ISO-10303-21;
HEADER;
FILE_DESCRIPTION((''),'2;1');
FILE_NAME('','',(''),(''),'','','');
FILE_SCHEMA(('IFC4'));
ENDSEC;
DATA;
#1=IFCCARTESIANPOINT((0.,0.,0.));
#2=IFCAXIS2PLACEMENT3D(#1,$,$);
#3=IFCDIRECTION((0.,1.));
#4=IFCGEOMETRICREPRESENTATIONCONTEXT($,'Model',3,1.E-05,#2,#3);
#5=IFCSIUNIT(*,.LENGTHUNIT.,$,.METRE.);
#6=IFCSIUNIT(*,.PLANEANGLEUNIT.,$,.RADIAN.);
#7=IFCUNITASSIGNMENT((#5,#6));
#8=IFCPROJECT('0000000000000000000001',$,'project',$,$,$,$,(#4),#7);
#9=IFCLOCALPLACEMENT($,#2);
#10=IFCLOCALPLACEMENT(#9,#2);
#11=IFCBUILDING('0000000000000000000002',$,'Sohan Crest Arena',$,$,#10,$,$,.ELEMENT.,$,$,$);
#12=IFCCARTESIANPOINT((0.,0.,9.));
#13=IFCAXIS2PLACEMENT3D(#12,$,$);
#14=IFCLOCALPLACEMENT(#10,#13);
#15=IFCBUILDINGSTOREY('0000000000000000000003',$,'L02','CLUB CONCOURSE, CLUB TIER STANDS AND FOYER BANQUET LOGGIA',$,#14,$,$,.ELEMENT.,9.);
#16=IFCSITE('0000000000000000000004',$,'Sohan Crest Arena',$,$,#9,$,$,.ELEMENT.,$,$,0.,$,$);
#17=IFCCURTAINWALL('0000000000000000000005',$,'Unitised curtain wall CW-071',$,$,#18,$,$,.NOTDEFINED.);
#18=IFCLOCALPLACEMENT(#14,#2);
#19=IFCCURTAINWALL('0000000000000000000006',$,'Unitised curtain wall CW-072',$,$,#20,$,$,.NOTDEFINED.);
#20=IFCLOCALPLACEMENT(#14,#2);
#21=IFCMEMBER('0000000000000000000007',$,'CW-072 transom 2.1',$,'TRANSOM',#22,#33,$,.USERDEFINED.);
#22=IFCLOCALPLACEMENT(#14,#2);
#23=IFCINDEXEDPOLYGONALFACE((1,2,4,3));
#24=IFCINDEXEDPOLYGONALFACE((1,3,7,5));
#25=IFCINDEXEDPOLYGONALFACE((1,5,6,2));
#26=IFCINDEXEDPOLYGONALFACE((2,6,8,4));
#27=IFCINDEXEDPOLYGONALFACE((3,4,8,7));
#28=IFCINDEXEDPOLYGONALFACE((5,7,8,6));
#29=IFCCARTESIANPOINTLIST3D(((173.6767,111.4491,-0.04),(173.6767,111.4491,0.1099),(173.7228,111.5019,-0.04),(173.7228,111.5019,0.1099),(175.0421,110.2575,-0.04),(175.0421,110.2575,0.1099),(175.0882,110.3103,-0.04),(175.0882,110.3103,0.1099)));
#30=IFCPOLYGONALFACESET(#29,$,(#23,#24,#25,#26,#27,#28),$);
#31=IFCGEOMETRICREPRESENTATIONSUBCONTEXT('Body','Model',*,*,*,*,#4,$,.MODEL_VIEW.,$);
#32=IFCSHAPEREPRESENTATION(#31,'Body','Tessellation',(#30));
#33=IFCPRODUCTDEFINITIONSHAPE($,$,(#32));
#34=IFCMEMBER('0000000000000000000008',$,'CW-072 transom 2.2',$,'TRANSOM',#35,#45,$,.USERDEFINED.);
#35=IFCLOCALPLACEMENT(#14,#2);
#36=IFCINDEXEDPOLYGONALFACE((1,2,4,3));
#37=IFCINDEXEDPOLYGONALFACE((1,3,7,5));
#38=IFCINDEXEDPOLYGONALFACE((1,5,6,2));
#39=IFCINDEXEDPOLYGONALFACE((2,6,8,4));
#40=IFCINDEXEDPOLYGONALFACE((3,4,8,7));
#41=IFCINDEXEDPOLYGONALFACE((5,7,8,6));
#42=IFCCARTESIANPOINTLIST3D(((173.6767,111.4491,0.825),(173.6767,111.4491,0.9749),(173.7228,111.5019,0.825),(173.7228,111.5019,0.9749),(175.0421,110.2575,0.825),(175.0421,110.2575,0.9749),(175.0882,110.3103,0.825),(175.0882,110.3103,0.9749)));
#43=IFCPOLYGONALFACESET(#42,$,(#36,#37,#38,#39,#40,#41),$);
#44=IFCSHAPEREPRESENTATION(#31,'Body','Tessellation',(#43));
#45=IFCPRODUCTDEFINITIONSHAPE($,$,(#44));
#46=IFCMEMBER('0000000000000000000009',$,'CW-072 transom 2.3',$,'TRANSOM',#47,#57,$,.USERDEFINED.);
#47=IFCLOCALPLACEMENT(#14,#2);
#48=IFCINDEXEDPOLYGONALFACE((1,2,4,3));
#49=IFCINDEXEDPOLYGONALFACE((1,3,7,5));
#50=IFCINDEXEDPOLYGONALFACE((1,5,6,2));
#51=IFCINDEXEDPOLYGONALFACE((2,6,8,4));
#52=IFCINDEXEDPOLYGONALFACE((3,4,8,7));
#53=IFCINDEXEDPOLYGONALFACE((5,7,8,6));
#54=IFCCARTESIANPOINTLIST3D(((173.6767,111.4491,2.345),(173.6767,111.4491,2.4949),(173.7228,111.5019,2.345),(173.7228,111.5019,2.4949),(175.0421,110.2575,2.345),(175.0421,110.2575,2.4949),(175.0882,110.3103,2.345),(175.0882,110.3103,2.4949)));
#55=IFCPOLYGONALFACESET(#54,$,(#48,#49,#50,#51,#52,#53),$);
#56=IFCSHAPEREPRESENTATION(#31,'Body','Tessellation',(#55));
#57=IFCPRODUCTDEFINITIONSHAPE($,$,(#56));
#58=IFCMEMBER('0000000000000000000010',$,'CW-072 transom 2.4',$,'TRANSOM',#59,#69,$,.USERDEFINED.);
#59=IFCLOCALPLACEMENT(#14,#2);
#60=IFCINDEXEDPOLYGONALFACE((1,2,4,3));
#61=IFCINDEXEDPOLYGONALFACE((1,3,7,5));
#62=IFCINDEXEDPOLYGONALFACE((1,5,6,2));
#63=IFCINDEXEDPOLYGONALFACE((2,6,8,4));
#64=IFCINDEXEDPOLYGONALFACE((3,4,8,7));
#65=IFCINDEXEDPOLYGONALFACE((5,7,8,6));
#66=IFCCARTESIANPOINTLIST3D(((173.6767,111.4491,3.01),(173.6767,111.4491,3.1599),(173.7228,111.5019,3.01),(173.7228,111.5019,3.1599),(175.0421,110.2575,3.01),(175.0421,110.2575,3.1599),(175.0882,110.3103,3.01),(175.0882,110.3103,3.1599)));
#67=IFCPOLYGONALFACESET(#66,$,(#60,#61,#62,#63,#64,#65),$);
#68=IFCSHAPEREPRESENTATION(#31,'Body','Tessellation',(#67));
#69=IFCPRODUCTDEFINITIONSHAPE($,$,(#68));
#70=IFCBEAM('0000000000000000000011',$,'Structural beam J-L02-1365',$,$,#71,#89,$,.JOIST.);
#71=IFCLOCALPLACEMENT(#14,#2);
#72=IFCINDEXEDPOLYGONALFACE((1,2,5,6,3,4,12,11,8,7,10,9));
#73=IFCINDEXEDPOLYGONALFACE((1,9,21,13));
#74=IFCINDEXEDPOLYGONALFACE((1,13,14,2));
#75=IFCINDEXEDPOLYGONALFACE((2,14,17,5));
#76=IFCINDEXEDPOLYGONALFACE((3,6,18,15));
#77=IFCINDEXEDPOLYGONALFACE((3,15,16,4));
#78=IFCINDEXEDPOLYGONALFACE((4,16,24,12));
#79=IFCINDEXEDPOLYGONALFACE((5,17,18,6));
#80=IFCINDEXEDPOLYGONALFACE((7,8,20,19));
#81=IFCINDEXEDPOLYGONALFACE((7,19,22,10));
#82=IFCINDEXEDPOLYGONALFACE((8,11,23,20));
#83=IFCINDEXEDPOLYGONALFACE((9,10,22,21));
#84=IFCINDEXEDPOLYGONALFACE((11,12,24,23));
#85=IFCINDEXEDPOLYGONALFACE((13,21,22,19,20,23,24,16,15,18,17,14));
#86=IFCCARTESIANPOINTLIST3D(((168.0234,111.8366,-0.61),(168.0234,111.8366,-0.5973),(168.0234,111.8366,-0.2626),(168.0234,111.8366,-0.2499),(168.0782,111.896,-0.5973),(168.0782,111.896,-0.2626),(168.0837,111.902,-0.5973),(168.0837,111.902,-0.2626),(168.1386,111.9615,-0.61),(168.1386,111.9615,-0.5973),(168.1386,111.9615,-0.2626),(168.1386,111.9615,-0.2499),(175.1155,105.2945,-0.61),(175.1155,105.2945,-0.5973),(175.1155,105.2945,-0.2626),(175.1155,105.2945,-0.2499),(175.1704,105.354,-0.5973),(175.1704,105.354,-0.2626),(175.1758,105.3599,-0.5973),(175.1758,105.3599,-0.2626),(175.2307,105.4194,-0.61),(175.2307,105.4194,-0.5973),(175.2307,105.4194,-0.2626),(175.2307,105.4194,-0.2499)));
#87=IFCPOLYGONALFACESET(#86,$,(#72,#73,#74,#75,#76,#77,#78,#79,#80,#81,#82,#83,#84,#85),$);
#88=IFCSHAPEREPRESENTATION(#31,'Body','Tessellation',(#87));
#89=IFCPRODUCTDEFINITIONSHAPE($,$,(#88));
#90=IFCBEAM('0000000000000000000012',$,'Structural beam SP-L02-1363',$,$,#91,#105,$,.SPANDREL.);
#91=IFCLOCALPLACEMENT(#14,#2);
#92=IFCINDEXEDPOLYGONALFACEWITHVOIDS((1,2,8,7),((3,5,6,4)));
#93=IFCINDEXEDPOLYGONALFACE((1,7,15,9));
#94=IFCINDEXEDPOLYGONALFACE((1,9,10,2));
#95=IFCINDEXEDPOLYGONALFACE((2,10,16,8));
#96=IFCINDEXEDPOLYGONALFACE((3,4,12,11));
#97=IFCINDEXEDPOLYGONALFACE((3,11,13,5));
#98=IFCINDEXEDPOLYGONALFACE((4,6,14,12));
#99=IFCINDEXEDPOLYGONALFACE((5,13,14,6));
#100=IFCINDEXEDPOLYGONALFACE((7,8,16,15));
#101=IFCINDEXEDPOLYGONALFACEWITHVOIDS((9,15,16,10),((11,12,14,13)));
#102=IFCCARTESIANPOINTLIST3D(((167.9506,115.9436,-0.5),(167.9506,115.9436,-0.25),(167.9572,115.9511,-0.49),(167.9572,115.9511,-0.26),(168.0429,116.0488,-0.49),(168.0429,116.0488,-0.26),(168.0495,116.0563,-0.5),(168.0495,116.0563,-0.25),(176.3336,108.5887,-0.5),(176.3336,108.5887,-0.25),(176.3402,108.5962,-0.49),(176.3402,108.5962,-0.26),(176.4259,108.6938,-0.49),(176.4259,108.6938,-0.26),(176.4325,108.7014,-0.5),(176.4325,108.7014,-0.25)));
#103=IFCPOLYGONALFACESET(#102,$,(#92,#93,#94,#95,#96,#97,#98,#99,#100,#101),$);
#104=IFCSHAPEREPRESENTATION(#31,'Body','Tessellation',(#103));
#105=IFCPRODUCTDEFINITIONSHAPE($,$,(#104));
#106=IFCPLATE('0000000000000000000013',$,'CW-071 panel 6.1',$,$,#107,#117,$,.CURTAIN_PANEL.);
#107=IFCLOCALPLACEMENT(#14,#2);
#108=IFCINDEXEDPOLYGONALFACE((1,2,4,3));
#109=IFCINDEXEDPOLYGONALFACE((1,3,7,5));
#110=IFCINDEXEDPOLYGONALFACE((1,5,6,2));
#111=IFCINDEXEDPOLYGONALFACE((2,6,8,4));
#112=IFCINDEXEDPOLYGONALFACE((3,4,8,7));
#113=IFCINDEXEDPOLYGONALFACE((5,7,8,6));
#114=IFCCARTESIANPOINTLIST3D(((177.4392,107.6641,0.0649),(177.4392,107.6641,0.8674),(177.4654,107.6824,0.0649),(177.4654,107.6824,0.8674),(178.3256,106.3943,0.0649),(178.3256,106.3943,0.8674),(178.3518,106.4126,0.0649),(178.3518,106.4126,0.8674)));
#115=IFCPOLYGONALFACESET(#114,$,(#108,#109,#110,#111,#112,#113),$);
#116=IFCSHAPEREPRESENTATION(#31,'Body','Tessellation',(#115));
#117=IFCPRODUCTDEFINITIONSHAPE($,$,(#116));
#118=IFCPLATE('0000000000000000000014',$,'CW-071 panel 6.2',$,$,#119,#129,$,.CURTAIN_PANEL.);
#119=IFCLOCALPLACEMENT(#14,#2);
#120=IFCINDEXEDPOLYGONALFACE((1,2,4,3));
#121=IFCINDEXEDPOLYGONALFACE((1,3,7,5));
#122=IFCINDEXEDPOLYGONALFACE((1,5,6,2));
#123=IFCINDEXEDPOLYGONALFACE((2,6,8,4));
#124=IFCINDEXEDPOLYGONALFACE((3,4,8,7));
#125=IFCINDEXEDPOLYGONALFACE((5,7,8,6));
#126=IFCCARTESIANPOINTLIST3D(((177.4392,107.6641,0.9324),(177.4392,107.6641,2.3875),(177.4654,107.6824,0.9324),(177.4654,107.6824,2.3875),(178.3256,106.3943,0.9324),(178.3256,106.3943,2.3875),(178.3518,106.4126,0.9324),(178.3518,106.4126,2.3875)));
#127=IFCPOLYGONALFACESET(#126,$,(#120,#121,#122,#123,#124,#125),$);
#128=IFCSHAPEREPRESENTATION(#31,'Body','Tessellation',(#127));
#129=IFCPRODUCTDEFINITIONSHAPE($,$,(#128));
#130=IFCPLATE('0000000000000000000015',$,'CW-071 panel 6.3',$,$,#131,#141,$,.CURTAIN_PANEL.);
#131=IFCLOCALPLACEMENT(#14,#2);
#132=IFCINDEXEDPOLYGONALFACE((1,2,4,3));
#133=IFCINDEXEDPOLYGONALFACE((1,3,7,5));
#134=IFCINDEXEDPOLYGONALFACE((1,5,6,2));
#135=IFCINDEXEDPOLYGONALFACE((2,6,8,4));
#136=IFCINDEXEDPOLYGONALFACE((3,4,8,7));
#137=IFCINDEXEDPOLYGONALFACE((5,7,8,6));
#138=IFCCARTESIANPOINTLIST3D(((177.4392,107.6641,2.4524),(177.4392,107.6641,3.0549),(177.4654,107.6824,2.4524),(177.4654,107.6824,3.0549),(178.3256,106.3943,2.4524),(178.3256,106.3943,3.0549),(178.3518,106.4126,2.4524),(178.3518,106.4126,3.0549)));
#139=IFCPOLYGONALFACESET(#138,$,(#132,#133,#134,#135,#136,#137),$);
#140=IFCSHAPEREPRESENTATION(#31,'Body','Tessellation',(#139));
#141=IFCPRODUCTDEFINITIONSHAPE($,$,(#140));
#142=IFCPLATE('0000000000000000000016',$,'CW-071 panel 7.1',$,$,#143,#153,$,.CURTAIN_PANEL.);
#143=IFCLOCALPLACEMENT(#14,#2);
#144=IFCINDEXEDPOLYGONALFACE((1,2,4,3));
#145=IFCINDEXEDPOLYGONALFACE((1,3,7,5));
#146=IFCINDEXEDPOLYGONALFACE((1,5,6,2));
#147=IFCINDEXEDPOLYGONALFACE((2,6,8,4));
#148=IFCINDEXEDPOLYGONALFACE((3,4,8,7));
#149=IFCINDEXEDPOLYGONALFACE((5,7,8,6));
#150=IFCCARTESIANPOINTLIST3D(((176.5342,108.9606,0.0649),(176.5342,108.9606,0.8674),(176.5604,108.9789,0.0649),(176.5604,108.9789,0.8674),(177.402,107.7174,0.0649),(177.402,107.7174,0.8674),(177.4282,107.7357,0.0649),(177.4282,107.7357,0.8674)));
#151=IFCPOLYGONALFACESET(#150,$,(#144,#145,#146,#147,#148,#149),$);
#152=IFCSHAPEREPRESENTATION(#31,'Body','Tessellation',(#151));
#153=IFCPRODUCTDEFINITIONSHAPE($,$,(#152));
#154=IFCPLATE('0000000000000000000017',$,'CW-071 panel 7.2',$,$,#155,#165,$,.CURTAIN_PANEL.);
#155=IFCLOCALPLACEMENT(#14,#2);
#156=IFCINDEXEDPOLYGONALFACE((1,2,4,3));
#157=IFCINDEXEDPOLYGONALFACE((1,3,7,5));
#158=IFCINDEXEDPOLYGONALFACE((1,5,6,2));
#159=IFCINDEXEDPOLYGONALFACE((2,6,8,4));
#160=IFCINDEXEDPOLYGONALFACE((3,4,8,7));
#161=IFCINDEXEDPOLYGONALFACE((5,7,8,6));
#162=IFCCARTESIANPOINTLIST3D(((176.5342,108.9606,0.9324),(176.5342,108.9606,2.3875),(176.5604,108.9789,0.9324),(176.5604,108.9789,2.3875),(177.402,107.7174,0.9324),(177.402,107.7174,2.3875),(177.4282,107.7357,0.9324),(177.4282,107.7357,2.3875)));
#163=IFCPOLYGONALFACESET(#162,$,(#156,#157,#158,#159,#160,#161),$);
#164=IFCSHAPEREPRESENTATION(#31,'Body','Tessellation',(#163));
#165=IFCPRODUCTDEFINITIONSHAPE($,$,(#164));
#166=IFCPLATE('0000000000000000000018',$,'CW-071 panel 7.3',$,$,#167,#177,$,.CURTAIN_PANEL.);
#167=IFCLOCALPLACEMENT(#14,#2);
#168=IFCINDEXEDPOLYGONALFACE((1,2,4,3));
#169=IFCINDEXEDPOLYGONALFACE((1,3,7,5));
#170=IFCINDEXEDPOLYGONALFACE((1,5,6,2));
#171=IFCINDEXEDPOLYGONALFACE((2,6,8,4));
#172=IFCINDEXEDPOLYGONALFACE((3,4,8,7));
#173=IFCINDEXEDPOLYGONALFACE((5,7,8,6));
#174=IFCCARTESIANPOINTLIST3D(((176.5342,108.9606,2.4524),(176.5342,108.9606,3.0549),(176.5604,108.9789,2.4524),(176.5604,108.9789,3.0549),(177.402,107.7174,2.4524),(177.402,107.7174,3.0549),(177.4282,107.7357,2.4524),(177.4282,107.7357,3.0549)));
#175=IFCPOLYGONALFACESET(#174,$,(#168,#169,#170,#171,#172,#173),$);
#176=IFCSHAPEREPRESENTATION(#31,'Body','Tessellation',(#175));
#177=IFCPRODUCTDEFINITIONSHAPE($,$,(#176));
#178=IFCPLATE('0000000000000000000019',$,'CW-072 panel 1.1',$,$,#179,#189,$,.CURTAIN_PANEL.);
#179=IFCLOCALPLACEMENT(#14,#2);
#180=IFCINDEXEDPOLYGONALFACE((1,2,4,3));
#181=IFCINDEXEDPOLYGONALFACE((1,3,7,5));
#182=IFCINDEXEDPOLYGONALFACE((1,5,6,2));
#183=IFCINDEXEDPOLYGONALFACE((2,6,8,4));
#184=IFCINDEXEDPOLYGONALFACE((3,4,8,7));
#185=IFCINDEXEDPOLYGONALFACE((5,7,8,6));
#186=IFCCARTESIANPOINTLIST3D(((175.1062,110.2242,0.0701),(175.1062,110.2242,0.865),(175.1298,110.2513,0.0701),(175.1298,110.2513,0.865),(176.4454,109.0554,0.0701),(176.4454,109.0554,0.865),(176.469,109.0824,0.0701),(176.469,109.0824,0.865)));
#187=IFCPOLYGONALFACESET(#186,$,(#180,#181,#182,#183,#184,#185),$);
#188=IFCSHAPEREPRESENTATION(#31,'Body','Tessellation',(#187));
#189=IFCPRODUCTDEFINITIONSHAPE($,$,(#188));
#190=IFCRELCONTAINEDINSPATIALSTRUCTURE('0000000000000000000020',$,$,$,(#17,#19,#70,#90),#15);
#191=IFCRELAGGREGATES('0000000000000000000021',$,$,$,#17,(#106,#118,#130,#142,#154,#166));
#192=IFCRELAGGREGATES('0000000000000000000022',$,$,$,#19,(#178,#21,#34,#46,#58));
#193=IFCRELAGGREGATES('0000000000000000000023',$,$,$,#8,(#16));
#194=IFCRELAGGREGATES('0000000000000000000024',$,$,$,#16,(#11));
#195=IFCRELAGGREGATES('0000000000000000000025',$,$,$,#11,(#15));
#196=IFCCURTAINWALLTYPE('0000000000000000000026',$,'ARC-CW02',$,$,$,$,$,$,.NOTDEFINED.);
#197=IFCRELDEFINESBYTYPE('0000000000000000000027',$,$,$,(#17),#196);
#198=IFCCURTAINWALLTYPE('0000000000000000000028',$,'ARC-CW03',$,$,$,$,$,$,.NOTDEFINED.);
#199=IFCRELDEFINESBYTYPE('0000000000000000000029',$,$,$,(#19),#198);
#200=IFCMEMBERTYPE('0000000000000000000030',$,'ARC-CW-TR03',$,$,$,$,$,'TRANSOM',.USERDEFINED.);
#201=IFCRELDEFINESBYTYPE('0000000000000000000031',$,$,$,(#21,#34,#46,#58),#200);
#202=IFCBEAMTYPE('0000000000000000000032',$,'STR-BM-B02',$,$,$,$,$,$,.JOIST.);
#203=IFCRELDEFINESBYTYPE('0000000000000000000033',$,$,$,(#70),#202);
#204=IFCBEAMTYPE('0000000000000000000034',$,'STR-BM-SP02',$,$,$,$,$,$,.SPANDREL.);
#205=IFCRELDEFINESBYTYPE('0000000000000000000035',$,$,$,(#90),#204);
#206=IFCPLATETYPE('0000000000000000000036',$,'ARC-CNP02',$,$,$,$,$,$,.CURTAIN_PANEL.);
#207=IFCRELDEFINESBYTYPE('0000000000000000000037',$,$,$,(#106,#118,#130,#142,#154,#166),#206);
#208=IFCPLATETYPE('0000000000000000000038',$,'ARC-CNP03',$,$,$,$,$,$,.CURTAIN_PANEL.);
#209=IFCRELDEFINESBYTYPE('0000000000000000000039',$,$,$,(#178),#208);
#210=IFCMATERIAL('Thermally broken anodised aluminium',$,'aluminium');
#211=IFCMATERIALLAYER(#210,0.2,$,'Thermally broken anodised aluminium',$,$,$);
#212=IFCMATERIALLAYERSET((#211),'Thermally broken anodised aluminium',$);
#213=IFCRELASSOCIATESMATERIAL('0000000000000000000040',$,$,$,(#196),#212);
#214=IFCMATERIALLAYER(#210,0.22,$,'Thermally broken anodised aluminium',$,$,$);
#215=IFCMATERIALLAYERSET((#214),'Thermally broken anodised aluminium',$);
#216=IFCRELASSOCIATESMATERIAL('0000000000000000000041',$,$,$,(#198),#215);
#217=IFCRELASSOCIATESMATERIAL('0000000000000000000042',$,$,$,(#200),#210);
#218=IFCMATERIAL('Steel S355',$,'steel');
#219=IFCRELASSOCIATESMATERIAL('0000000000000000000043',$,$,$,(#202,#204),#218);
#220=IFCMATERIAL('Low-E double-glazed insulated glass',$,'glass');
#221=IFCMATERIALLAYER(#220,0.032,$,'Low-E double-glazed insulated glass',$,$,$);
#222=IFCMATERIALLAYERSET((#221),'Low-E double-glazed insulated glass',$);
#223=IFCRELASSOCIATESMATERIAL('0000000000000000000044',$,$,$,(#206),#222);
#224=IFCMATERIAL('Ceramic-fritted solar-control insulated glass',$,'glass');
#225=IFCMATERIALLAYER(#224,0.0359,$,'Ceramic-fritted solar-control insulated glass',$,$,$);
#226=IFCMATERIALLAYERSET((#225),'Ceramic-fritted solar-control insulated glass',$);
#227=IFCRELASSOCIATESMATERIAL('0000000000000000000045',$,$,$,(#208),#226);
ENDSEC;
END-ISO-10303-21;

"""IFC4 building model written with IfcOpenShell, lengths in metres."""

from ifc_helpers import new_model, si_unit, direction, frame, origin, origin_2d, place, context, subcontext, project, spatial, rectangle, hollow_rectangle, i_section, extrude, material, layer, layer_set, material_profile, profile_set, type_object, element, aggregate, save


model = new_model("IFC4")

# Units and contexts
model_context = context("Model", 3, precision=1e-05, world=origin(), true_north=direction((0.0, 1.0)))
body_context = subcontext(model_context, "Body", "Model", "MODEL_VIEW")
ifc_project = project(units=[si_unit("LENGTHUNIT", "METRE"), si_unit("PLANEANGLEUNIT", "RADIAN")], contexts=[model_context])

# Site, building, storey
site_placement = place(None, origin())
site = spatial("IfcSite", under=ifc_project, at=site_placement, Name="Sohan Crest Arena", CompositionType="ELEMENT", RefElevation=0.0)
building_placement = place(site_placement, origin())
building = spatial("IfcBuilding", under=site, at=building_placement, Name="Sohan Crest Arena", CompositionType="ELEMENT")
storey_placement = place(building_placement, frame((0.0, 0.0, 9.0)))
storey = spatial("IfcBuildingStorey", under=building, at=storey_placement, Name="L02", Description="CLUB CONCOURSE, CLUB TIER STANDS AND FOYER BANQUET LOGGIA", CompositionType="ELEMENT", Elevation=9.0)

# Shared definitions
ifc_material_1 = material(Name="Steel S355", Category="steel")

# Curtain walls
ifc_material_2 = material(Name="Thermally broken anodised aluminium", Category="aluminium")
ifc_layer_1 = layer(ifc_material_2, 0.2, Name="Thermally broken anodised aluminium")
ifc_layer_set_1 = layer_set([ifc_layer_1], Name="Thermally broken anodised aluminium")
curtain_wall_type_1 = type_object("IfcCurtainWallType", Name="ARC-CW02", PredefinedType="NOTDEFINED", material=ifc_layer_set_1)
curtain_wall_1_placement = place(storey_placement, origin())
curtain_wall_1 = element("IfcCurtainWall", 1, at=curtain_wall_1_placement, inside=storey, type_object=curtain_wall_type_1, Name="Unitised curtain wall CW-071", PredefinedType="NOTDEFINED")
ifc_layer_2 = layer(ifc_material_2, 0.22, Name="Thermally broken anodised aluminium")
ifc_layer_set_2 = layer_set([ifc_layer_2], Name="Thermally broken anodised aluminium")
curtain_wall_type_2 = type_object("IfcCurtainWallType", Name="ARC-CW03", PredefinedType="NOTDEFINED", material=ifc_layer_set_2)
curtain_wall_2_placement = place(storey_placement, origin())
curtain_wall_2 = element("IfcCurtainWall", 2, at=curtain_wall_2_placement, inside=storey, type_object=curtain_wall_type_2, Name="Unitised curtain wall CW-072", PredefinedType="NOTDEFINED")

# Members
ifc_material_profile_1 = material_profile(ifc_material_2, rectangle(XDim=0.0701, YDim=0.1499, at=origin_2d()), Name="ALU-TRAN 70x150")
ifc_profile_set_1 = profile_set([ifc_material_profile_1], Name="Thermally broken anodised aluminium")
member_type_1 = type_object("IfcMemberType", Name="ARC-CW-TR03", ElementType="TRANSOM", PredefinedType="USERDEFINED", material=ifc_profile_set_1)
member_1_placement = place(storey_placement, frame((175.0652, 110.2839, 0.0349), z_axis=(-0.753436, 0.657522, 0.0), x_axis=(-0.657522, -0.753436, 0.0)))
member_1 = element("IfcMember", 3, at=member_1_placement, type_object=member_type_1, Name="CW-072 transom 2.1", ObjectType="TRANSOM", PredefinedType="USERDEFINED", context=body_context, shape_type="SweptSolid", body=[
    extrude(rectangle(XDim=0.0701, YDim=0.1499, at=origin_2d()), origin(), (0.0, 0.0, 1.0), 1.8123),
])
member_2_placement = place(storey_placement, frame((175.0652, 110.2839, 0.8999), z_axis=(-0.753436, 0.657522, 0.0), x_axis=(-0.657522, -0.753436, 0.0)))
member_2 = element("IfcMember", 4, at=member_2_placement, type_object=member_type_1, Name="CW-072 transom 2.2", ObjectType="TRANSOM", PredefinedType="USERDEFINED", context=body_context, shape_type="SweptSolid", body=[
    extrude(rectangle(XDim=0.0701, YDim=0.1499, at=origin_2d()), origin(), (0.0, 0.0, 1.0), 1.8123),
])
member_3_placement = place(storey_placement, frame((175.0652, 110.2839, 2.4199), z_axis=(-0.753436, 0.657522, 0.0), x_axis=(-0.657522, -0.753436, 0.0)))
member_3 = element("IfcMember", 5, at=member_3_placement, type_object=member_type_1, Name="CW-072 transom 2.3", ObjectType="TRANSOM", PredefinedType="USERDEFINED", context=body_context, shape_type="SweptSolid", body=[
    extrude(rectangle(XDim=0.0701, YDim=0.1499, at=origin_2d()), origin(), (0.0, 0.0, 1.0), 1.8123),
])
member_4_placement = place(storey_placement, frame((175.0652, 110.2839, 3.085), z_axis=(-0.753436, 0.657522, 0.0), x_axis=(-0.657522, -0.753436, 0.0)))
member_4 = element("IfcMember", 6, at=member_4_placement, type_object=member_type_1, Name="CW-072 transom 2.4", ObjectType="TRANSOM", PredefinedType="USERDEFINED", context=body_context, shape_type="SweptSolid", body=[
    extrude(rectangle(XDim=0.0701, YDim=0.1499, at=origin_2d()), origin(), (0.0, 0.0, 1.0), 1.8123),
])

# Beams
ifc_material_profile_2 = material_profile(ifc_material_1, i_section(OverallWidth=0.1699, OverallDepth=0.3601, WebThickness=0.0081, FlangeThickness=0.0127, at=origin_2d()), Name="IPE 360")
ifc_profile_set_2 = profile_set([ifc_material_profile_2], Name="Steel S355")
beam_type_1 = type_object("IfcBeamType", Name="STR-BM-B02", PredefinedType="JOIST", material=ifc_profile_set_2)
beam_1_placement = place(storey_placement, frame((175.1731, 105.3569, -0.4299), z_axis=(-0.735036, 0.678028, 0.0), x_axis=(-0.678028, -0.735036, 0.0)))
element("IfcBeam", 7, at=beam_1_placement, inside=storey, type_object=beam_type_1, Name="Structural beam J-L02-1365", PredefinedType="JOIST", context=body_context, shape_type="SweptSolid", body=[
    extrude(i_section(OverallWidth=0.1699, OverallDepth=0.3601, WebThickness=0.0081, FlangeThickness=0.0127, at=origin_2d()), origin(), (0.0, 0.0, 1.0), 9.6487),
])
ifc_material_profile_3 = material_profile(ifc_material_1, hollow_rectangle(XDim=0.1499, YDim=0.25, WallThickness=0.01, at=origin_2d()), Name="RHS 250x150x10")
ifc_profile_set_3 = profile_set([ifc_material_profile_3], Name="Steel S355")
beam_type_2 = type_object("IfcBeamType", Name="STR-BM-SP02", PredefinedType="SPANDREL", material=ifc_profile_set_3)
beam_2_placement = place(storey_placement, frame((176.3831, 108.645, -0.375), z_axis=(-0.751696, 0.65951, 0.0), x_axis=(-0.65951, -0.751696, 0.0)))
element("IfcBeam", 8, at=beam_2_placement, inside=storey, type_object=beam_type_2, Name="Structural beam SP-L02-1363", PredefinedType="SPANDREL", context=body_context, shape_type="SweptSolid", body=[
    extrude(hollow_rectangle(XDim=0.1499, YDim=0.25, WallThickness=0.01, at=origin_2d()), origin(), (0.0, 0.0, 1.0), 11.1521),
])

# Plates
ifc_material_3 = material(Name="Low-E double-glazed insulated glass", Category="glass")
ifc_layer_3 = layer(ifc_material_3, 0.032, Name="Low-E double-glazed insulated glass")
ifc_layer_set_3 = layer_set([ifc_layer_3], Name="Low-E double-glazed insulated glass")
plate_type_1 = type_object("IfcPlateType", Name="ARC-CNP02", PredefinedType="CURTAIN_PANEL", material=ifc_layer_set_3)
plate_1_placement = place(storey_placement, frame((177.8955, 107.0383, 0.0649), z_axis=(0.0, 0.0, 1.0), x_axis=(-0.572428, 0.819955, 0.0)))
plate_1 = element("IfcPlate", 9, at=plate_1_placement, type_object=plate_type_1, Name="CW-071 panel 6.1", PredefinedType="CURTAIN_PANEL", context=body_context, shape_type="SweptSolid", body=[
    extrude(rectangle(XDim=1.5486, YDim=0.032, at=origin_2d()), origin(), (0.0, 0.0, 1.0), 0.8025),
])
plate_2_placement = place(storey_placement, frame((177.8955, 107.0383, 0.9324), z_axis=(0.0, 0.0, 1.0), x_axis=(-0.572428, 0.819955, 0.0)))
plate_2 = element("IfcPlate", 10, at=plate_2_placement, type_object=plate_type_1, Name="CW-071 panel 6.2", PredefinedType="CURTAIN_PANEL", context=body_context, shape_type="SweptSolid", body=[
    extrude(rectangle(XDim=1.5486, YDim=0.032, at=origin_2d()), origin(), (0.0, 0.0, 1.0), 1.4551),
])
plate_3_placement = place(storey_placement, frame((177.8955, 107.0383, 2.4524), z_axis=(0.0, 0.0, 1.0), x_axis=(-0.572428, 0.819955, 0.0)))
plate_3 = element("IfcPlate", 11, at=plate_3_placement, type_object=plate_type_1, Name="CW-071 panel 6.3", PredefinedType="CURTAIN_PANEL", context=body_context, shape_type="SweptSolid", body=[
    extrude(rectangle(XDim=1.5486, YDim=0.032, at=origin_2d()), origin(), (0.0, 0.0, 1.0), 0.6025),
])
plate_4_placement = place(storey_placement, frame((176.9812, 108.3481, 0.0649), z_axis=(0.0, 0.0, 1.0), x_axis=(-0.572428, 0.819955, 0.0)))
plate_4 = element("IfcPlate", 12, at=plate_4_placement, type_object=plate_type_1, Name="CW-071 panel 7.1", PredefinedType="CURTAIN_PANEL", context=body_context, shape_type="SweptSolid", body=[
    extrude(rectangle(XDim=1.5161, YDim=0.032, at=origin_2d()), origin(), (0.0, 0.0, 1.0), 0.8025),
])
plate_5_placement = place(storey_placement, frame((176.9812, 108.3481, 0.9324), z_axis=(0.0, 0.0, 1.0), x_axis=(-0.572428, 0.819955, 0.0)))
plate_5 = element("IfcPlate", 13, at=plate_5_placement, type_object=plate_type_1, Name="CW-071 panel 7.2", PredefinedType="CURTAIN_PANEL", context=body_context, shape_type="SweptSolid", body=[
    extrude(rectangle(XDim=1.5161, YDim=0.032, at=origin_2d()), origin(), (0.0, 0.0, 1.0), 1.4551),
])
plate_6_placement = place(storey_placement, frame((176.9812, 108.3481, 2.4524), z_axis=(0.0, 0.0, 1.0), x_axis=(-0.572428, 0.819955, 0.0)))
plate_6 = element("IfcPlate", 14, at=plate_6_placement, type_object=plate_type_1, Name="CW-071 panel 7.3", PredefinedType="CURTAIN_PANEL", context=body_context, shape_type="SweptSolid", body=[
    extrude(rectangle(XDim=1.5161, YDim=0.032, at=origin_2d()), origin(), (0.0, 0.0, 1.0), 0.6025),
])
aggregate(curtain_wall_1, [plate_1, plate_2, plate_3, plate_4, plate_5, plate_6])
ifc_material_4 = material(Name="Ceramic-fritted solar-control insulated glass", Category="glass")
ifc_layer_4 = layer(ifc_material_4, 0.0359, Name="Ceramic-fritted solar-control insulated glass")
ifc_layer_set_4 = layer_set([ifc_layer_4], Name="Ceramic-fritted solar-control insulated glass")
plate_type_2 = type_object("IfcPlateType", Name="ARC-CNP03", PredefinedType="CURTAIN_PANEL", material=ifc_layer_set_4)
plate_7_placement = place(storey_placement, frame((175.7876, 109.6533, 0.0701), z_axis=(0.0, 0.0, 1.0), x_axis=(-0.753421, 0.657539, 0.0)))
plate_7 = element("IfcPlate", 15, at=plate_7_placement, type_object=plate_type_2, Name="CW-072 panel 1.1", PredefinedType="CURTAIN_PANEL", context=body_context, shape_type="SweptSolid", body=[
    extrude(rectangle(XDim=1.7776, YDim=0.0359, at=origin_2d()), origin(), (0.0, 0.0, 1.0), 0.7949),
])
aggregate(curtain_wall_2, [plate_7, member_1, member_2, member_3, member_4])

save(model, "model.ifc")
